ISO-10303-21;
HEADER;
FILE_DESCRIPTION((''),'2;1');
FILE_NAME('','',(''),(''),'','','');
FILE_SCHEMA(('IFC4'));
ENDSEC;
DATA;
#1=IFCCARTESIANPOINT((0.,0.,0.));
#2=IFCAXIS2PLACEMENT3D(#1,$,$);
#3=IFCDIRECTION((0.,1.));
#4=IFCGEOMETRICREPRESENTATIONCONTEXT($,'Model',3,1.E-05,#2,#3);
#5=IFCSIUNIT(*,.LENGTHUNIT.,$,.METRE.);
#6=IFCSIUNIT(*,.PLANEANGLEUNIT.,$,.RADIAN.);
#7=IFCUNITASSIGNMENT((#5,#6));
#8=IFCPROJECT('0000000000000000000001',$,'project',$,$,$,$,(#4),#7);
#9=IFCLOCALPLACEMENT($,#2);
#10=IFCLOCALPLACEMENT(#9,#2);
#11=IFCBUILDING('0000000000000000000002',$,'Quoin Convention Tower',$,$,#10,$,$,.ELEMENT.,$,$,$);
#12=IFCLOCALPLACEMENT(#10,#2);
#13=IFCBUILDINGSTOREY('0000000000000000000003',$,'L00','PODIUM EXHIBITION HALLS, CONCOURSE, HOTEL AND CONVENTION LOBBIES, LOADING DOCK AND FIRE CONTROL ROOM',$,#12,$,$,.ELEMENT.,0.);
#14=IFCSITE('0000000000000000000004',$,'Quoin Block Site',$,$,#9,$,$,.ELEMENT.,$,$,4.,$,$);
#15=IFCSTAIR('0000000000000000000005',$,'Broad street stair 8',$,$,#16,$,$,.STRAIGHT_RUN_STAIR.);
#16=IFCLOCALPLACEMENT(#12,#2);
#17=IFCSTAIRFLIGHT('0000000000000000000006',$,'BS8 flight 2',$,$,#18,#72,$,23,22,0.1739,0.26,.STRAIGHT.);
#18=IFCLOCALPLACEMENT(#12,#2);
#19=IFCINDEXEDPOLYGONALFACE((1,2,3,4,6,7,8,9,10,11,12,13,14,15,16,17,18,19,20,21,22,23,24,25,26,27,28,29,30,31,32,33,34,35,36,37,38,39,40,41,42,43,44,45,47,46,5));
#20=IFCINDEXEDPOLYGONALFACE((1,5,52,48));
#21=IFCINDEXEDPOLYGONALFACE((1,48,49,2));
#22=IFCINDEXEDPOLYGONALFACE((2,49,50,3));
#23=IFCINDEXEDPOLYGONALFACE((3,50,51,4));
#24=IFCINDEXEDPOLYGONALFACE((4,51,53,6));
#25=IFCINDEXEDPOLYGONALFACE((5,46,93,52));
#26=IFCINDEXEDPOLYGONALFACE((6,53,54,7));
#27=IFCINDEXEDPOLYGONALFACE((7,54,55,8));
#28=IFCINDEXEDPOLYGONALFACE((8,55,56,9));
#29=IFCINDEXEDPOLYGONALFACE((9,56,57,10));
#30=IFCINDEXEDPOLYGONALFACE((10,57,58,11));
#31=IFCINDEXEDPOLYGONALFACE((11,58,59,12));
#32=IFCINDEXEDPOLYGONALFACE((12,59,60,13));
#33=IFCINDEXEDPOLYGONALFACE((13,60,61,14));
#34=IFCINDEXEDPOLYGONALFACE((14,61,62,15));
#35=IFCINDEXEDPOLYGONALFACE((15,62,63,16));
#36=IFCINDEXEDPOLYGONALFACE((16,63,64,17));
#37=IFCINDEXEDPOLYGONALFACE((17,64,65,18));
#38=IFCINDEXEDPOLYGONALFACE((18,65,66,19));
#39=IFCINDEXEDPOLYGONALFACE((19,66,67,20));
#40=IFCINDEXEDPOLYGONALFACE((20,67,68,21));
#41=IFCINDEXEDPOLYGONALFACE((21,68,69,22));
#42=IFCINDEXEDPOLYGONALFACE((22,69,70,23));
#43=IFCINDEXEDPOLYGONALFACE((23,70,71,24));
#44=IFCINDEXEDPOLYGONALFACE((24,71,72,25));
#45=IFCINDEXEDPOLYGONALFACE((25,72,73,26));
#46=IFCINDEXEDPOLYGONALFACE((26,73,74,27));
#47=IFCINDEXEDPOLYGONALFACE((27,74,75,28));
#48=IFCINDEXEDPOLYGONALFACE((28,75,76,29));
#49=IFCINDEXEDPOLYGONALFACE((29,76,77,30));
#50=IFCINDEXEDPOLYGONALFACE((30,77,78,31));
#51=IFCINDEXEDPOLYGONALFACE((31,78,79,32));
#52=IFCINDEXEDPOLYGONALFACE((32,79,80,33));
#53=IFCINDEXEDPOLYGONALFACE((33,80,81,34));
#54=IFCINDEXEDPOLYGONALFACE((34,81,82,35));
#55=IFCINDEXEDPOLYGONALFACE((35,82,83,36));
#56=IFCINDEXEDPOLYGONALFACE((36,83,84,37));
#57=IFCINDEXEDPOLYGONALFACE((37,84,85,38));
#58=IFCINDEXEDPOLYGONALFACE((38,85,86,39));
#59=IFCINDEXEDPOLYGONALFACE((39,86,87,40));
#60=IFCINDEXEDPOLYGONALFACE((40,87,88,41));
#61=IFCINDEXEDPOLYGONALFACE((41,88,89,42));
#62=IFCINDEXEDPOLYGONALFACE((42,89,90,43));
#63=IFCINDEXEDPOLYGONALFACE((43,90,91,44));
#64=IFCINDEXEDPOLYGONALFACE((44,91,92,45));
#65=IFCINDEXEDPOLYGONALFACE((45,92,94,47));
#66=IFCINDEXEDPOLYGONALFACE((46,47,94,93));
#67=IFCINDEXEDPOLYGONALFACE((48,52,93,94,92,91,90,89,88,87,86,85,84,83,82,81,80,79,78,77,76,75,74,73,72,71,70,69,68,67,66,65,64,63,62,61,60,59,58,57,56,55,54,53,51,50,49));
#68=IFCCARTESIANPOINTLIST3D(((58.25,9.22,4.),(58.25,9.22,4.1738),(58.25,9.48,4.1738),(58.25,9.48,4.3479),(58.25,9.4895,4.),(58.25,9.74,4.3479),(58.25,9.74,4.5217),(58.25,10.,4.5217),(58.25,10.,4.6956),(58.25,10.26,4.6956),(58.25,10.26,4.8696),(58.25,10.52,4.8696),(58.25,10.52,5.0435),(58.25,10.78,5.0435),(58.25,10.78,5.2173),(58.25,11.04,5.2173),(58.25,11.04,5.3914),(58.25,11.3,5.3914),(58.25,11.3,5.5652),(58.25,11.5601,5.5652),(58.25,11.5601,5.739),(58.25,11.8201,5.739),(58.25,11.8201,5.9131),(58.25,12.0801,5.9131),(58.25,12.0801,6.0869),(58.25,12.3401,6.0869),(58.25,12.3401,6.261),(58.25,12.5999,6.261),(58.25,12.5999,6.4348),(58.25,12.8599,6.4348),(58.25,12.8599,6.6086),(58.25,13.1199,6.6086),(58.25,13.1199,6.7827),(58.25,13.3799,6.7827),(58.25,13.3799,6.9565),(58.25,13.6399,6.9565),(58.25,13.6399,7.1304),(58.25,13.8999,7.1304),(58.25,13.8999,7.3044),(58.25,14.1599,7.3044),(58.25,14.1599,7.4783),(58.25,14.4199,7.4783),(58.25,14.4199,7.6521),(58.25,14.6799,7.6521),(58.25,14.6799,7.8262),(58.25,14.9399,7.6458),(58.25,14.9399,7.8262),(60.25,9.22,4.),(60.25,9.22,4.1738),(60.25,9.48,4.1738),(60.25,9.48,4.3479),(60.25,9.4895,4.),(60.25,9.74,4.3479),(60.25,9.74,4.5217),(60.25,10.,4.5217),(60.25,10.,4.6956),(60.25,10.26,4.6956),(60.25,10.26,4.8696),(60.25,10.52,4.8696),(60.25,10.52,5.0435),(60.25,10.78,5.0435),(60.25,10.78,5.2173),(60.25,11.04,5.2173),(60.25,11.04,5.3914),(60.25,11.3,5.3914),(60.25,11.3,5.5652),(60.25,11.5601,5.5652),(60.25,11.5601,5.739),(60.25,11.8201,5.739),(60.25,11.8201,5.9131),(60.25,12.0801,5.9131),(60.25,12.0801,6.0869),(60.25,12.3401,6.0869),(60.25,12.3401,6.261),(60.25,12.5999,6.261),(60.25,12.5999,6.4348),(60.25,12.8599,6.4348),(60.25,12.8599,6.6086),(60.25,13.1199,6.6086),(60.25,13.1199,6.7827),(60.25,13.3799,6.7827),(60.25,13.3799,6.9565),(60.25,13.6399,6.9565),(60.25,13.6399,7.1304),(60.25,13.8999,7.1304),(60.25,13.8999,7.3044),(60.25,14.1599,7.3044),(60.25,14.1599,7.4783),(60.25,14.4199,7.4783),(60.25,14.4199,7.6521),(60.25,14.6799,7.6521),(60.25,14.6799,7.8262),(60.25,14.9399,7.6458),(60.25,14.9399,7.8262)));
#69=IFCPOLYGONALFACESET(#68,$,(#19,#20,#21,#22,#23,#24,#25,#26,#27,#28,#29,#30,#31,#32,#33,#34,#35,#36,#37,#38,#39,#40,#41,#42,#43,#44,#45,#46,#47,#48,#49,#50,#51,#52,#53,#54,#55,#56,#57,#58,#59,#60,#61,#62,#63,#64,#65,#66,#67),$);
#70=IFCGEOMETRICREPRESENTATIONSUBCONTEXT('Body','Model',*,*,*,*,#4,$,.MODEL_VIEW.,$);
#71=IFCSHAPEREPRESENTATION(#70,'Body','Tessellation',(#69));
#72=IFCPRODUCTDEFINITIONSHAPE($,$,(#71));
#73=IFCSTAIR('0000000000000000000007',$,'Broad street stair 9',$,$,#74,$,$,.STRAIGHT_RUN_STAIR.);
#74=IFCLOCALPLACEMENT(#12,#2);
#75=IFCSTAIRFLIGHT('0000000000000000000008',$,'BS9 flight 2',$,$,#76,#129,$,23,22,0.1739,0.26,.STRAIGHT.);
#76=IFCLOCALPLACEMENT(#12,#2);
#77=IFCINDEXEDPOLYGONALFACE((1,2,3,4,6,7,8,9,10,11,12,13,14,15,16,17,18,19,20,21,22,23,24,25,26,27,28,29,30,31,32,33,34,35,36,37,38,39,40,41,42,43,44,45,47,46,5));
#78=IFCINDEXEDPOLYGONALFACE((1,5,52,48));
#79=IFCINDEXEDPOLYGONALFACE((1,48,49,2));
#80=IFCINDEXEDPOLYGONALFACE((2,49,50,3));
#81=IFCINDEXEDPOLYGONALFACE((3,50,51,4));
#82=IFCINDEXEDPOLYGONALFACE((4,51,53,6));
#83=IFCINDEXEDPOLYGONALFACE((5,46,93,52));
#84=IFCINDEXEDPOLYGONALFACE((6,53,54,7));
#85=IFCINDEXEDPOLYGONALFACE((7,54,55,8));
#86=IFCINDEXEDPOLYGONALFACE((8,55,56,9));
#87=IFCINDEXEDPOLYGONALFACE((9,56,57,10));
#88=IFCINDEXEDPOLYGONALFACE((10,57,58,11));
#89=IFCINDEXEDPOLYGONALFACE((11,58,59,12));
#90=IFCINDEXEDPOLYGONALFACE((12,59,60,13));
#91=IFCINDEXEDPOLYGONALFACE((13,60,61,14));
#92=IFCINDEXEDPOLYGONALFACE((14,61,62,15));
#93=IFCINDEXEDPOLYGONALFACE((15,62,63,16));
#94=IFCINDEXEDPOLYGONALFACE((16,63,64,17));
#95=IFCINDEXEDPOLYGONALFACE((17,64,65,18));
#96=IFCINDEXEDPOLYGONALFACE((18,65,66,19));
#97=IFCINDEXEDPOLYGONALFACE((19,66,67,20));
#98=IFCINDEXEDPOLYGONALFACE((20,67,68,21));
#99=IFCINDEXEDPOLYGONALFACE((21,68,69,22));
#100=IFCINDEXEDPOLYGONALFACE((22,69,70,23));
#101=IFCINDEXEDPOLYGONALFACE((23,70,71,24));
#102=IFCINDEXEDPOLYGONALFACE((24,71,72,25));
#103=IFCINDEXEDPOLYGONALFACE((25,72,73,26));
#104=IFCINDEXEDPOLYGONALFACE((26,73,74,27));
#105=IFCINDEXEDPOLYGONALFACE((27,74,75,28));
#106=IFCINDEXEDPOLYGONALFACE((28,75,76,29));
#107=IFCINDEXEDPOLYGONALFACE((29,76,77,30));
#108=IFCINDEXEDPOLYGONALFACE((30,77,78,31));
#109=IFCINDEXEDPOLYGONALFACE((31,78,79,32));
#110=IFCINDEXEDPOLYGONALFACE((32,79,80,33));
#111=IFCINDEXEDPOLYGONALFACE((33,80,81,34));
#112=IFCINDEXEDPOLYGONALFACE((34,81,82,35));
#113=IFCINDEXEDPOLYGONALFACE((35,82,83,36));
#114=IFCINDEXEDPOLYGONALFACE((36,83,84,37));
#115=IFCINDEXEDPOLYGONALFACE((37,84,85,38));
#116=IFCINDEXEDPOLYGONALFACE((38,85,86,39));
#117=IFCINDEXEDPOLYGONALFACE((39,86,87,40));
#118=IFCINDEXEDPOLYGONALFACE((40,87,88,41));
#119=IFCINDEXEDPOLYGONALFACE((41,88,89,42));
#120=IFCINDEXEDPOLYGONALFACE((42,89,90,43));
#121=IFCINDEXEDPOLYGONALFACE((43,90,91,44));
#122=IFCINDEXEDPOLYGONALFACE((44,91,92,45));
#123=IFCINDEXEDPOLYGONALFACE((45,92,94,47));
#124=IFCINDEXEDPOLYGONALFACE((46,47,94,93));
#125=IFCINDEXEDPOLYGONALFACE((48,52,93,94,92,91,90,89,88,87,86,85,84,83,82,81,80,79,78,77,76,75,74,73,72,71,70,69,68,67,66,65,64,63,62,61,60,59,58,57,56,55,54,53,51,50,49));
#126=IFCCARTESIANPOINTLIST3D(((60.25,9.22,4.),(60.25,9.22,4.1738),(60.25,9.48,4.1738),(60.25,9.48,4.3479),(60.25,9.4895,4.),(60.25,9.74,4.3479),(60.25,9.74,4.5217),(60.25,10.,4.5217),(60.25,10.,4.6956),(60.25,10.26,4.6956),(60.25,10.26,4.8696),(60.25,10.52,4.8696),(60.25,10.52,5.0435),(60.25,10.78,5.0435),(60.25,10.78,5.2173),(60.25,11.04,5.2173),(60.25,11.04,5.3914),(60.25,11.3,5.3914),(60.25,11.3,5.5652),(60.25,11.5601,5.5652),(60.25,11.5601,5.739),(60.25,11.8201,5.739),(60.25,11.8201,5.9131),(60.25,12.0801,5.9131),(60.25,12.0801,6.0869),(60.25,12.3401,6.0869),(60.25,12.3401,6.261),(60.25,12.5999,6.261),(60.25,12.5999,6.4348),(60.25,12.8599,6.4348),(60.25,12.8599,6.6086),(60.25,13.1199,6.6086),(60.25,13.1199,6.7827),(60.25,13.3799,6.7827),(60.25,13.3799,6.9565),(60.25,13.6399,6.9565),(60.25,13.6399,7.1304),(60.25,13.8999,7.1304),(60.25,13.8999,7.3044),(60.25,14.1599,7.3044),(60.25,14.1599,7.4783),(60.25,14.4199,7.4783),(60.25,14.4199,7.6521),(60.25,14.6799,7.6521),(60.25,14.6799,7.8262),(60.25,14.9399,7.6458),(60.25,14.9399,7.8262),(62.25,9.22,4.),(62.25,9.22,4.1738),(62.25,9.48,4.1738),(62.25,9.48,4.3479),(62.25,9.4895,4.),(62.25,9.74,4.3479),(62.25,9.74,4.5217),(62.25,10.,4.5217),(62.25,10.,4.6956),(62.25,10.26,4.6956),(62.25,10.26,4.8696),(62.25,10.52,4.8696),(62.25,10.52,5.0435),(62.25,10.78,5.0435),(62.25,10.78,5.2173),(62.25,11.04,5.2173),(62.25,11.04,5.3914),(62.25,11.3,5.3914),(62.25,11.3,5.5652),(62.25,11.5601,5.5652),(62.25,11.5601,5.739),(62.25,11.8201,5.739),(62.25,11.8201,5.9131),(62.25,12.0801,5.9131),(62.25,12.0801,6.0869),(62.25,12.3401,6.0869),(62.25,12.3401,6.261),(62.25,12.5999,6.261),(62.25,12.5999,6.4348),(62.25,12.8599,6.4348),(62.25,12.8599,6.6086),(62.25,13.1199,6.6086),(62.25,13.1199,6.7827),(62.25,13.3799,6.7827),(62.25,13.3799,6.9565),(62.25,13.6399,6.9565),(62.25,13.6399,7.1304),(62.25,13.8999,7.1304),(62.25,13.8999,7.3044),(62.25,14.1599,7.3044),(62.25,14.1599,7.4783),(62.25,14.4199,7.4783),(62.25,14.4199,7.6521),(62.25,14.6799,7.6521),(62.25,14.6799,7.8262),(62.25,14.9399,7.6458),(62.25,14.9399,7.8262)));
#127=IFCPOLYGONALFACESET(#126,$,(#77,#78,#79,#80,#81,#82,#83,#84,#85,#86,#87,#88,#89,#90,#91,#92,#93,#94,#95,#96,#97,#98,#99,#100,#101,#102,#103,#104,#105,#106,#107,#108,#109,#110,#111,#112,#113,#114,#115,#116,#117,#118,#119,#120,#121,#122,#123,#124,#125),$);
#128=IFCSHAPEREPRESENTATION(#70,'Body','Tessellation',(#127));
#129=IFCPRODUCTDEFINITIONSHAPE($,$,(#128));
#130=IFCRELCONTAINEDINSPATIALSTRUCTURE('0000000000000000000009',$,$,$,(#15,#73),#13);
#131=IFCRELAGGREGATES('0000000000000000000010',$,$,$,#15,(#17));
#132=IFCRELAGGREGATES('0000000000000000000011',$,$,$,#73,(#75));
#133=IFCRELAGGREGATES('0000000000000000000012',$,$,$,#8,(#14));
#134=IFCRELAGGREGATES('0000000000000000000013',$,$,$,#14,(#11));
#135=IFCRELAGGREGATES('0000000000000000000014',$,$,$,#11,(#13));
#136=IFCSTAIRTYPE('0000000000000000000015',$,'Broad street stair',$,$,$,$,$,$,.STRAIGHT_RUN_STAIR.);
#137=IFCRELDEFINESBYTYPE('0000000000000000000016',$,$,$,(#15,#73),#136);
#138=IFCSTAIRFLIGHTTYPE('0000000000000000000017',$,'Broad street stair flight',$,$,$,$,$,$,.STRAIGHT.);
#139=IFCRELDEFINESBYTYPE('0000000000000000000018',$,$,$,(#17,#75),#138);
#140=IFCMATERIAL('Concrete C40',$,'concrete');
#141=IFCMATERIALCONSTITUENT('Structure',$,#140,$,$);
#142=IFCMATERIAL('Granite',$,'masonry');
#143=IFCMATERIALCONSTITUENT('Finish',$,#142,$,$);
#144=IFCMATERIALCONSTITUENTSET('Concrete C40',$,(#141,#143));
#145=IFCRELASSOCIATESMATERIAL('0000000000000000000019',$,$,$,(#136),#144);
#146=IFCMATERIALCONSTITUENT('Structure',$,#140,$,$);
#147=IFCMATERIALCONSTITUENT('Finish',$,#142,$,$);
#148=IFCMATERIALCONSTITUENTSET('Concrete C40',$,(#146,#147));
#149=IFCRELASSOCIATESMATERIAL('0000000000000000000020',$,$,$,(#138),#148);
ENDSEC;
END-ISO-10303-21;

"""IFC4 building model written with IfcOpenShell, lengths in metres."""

from ifc_helpers import new_model, si_unit, direction, frame, origin, place, context, subcontext, project, spatial, polyline, outline, extrude, material, constituent, constituent_set, type_object, element, aggregate, save


model = new_model("IFC4")

# Units and contexts
model_context = context("Model", 3, precision=1e-05, world=origin(), true_north=direction((0.0, 1.0)))
body_context = subcontext(model_context, "Body", "Model", "MODEL_VIEW")
ifc_project = project(units=[si_unit("LENGTHUNIT", "METRE"), si_unit("PLANEANGLEUNIT", "RADIAN")], contexts=[model_context])

# Site, building, storey
site_placement = place(None, origin())
site = spatial("IfcSite", under=ifc_project, at=site_placement, Name="Quoin Block Site", CompositionType="ELEMENT", RefElevation=4.0)
building_placement = place(site_placement, origin())
building = spatial("IfcBuilding", under=site, at=building_placement, Name="Quoin Convention Tower", CompositionType="ELEMENT")
storey_placement = place(building_placement, origin())
storey = spatial("IfcBuildingStorey", under=building, at=storey_placement, Name="L00", Description="PODIUM EXHIBITION HALLS, CONCOURSE, HOTEL AND CONVENTION LOBBIES, LOADING DOCK AND FIRE CONTROL ROOM", CompositionType="ELEMENT", Elevation=0.0)

# Shared definitions
ifc_material_1 = material(Name="Concrete C40", Category="concrete")

# Stairs, stair flights
ifc_constituent_1 = constituent(ifc_material_1, Name="Structure")
ifc_material_2 = material(Name="Granite", Category="masonry")
ifc_constituent_2 = constituent(ifc_material_2, Name="Finish")
ifc_constituent_set_1 = constituent_set(constituents=[ifc_constituent_1, ifc_constituent_2], Name="Concrete C40")
stair_type = type_object("IfcStairType", Name="Broad street stair", PredefinedType="STRAIGHT_RUN_STAIR", material=ifc_constituent_set_1)
ifc_constituent_3 = constituent(ifc_material_1, Name="Structure")
ifc_constituent_4 = constituent(ifc_material_2, Name="Finish")
ifc_constituent_set_2 = constituent_set(constituents=[ifc_constituent_3, ifc_constituent_4], Name="Concrete C40")
stair_flight_type = type_object("IfcStairFlightType", Name="Broad street stair flight", PredefinedType="STRAIGHT", material=ifc_constituent_set_2)
stair_1_placement = place(storey_placement, origin())
stair_1 = element("IfcStair", 1, at=stair_1_placement, inside=storey, type_object=stair_type, Name="Broad street stair 8", PredefinedType="STRAIGHT_RUN_STAIR")
stair_flight_1_placement = place(storey_placement, frame((59.25, 9.22, 4.0), z_axis=(0.0, 0.0, 1.0), x_axis=(0.0, 1.0, 0.0)))
stair_flight_1 = element("IfcStairFlight", 2, at=stair_flight_1_placement, type_object=stair_flight_type, Name="BS8 flight 2", NumberOfRisers=23, NumberOfTreads=22, PredefinedType="STRAIGHT", RiserHeight=0.1739, TreadLength=0.26, context=body_context, shape_type="SweptSolid", body=[
    extrude(outline(polyline([(0.0, 0.0), (0.0, 0.1738), (0.26, 0.1738), (0.26, 0.3479), (0.52, 0.3479), (0.52, 0.5217), (0.78, 0.5217), (0.78, 0.6956), (1.04, 0.6956), (1.04, 0.8696), (1.3, 0.8696), (1.3, 1.0435), (1.5601, 1.0435), (1.5601, 1.2173), (1.8201, 1.2173), (1.8201, 1.3914), (2.0801, 1.3914), (2.0801, 1.5652), (2.3401, 1.5652), (2.3401, 1.739), (2.6001, 1.739), (2.6001, 1.9131), (2.8601, 1.9131), (2.8601, 2.0869), (3.1201, 2.0869), (3.1201, 2.261), (3.3799, 2.261), (3.3799, 2.4348), (3.6399, 2.4348), (3.6399, 2.6086), (3.8999, 2.6086), (3.8999, 2.7827), (4.1599, 2.7827), (4.1599, 2.9565), (4.4199, 2.9565), (4.4199, 3.1304), (4.6799, 3.1304), (4.6799, 3.3044), (4.9399, 3.3044), (4.9399, 3.4783), (5.2, 3.4783), (5.2, 3.6521), (5.46, 3.6521), (5.46, 3.8262), (5.72, 3.8262), (5.72, 4.0), (5.72, 3.6458), (0.2695, 0.0), (0.0, 0.0)])), frame((0.0, 1.0, 0.0), z_axis=(0.0, -1.0, 0.0), x_axis=(1.0, 0.0, 0.0)), (0.0, 0.0, 1.0), 2.0),
])
aggregate(stair_1, [stair_flight_1])
stair_2_placement = place(storey_placement, origin())
stair_2 = element("IfcStair", 3, at=stair_2_placement, inside=storey, type_object=stair_type, Name="Broad street stair 9", PredefinedType="STRAIGHT_RUN_STAIR")
stair_flight_2_placement = place(storey_placement, frame((61.25, 9.22, 4.0), z_axis=(0.0, 0.0, 1.0), x_axis=(0.0, 1.0, 0.0)))
stair_flight_2 = element("IfcStairFlight", 4, at=stair_flight_2_placement, type_object=stair_flight_type, Name="BS9 flight 2", NumberOfRisers=23, NumberOfTreads=22, PredefinedType="STRAIGHT", RiserHeight=0.1739, TreadLength=0.26, context=body_context, shape_type="SweptSolid", body=[
    extrude(outline(polyline([(0.0, 0.0), (0.0, 0.1738), (0.26, 0.1738), (0.26, 0.3479), (0.52, 0.3479), (0.52, 0.5217), (0.78, 0.5217), (0.78, 0.6956), (1.04, 0.6956), (1.04, 0.8696), (1.3, 0.8696), (1.3, 1.0435), (1.5601, 1.0435), (1.5601, 1.2173), (1.8201, 1.2173), (1.8201, 1.3914), (2.0801, 1.3914), (2.0801, 1.5652), (2.3401, 1.5652), (2.3401, 1.739), (2.6001, 1.739), (2.6001, 1.9131), (2.8601, 1.9131), (2.8601, 2.0869), (3.1201, 2.0869), (3.1201, 2.261), (3.3799, 2.261), (3.3799, 2.4348), (3.6399, 2.4348), (3.6399, 2.6086), (3.8999, 2.6086), (3.8999, 2.7827), (4.1599, 2.7827), (4.1599, 2.9565), (4.4199, 2.9565), (4.4199, 3.1304), (4.6799, 3.1304), (4.6799, 3.3044), (4.9399, 3.3044), (4.9399, 3.4783), (5.2, 3.4783), (5.2, 3.6521), (5.46, 3.6521), (5.46, 3.8262), (5.72, 3.8262), (5.72, 4.0), (5.72, 3.6458), (0.2695, 0.0), (0.0, 0.0)])), frame((0.0, 1.0, 0.0), z_axis=(0.0, -1.0, 0.0), x_axis=(1.0, 0.0, 0.0)), (0.0, 0.0, 1.0), 2.0),
])
aggregate(stair_2, [stair_flight_2])

save(model, "model.ifc")
